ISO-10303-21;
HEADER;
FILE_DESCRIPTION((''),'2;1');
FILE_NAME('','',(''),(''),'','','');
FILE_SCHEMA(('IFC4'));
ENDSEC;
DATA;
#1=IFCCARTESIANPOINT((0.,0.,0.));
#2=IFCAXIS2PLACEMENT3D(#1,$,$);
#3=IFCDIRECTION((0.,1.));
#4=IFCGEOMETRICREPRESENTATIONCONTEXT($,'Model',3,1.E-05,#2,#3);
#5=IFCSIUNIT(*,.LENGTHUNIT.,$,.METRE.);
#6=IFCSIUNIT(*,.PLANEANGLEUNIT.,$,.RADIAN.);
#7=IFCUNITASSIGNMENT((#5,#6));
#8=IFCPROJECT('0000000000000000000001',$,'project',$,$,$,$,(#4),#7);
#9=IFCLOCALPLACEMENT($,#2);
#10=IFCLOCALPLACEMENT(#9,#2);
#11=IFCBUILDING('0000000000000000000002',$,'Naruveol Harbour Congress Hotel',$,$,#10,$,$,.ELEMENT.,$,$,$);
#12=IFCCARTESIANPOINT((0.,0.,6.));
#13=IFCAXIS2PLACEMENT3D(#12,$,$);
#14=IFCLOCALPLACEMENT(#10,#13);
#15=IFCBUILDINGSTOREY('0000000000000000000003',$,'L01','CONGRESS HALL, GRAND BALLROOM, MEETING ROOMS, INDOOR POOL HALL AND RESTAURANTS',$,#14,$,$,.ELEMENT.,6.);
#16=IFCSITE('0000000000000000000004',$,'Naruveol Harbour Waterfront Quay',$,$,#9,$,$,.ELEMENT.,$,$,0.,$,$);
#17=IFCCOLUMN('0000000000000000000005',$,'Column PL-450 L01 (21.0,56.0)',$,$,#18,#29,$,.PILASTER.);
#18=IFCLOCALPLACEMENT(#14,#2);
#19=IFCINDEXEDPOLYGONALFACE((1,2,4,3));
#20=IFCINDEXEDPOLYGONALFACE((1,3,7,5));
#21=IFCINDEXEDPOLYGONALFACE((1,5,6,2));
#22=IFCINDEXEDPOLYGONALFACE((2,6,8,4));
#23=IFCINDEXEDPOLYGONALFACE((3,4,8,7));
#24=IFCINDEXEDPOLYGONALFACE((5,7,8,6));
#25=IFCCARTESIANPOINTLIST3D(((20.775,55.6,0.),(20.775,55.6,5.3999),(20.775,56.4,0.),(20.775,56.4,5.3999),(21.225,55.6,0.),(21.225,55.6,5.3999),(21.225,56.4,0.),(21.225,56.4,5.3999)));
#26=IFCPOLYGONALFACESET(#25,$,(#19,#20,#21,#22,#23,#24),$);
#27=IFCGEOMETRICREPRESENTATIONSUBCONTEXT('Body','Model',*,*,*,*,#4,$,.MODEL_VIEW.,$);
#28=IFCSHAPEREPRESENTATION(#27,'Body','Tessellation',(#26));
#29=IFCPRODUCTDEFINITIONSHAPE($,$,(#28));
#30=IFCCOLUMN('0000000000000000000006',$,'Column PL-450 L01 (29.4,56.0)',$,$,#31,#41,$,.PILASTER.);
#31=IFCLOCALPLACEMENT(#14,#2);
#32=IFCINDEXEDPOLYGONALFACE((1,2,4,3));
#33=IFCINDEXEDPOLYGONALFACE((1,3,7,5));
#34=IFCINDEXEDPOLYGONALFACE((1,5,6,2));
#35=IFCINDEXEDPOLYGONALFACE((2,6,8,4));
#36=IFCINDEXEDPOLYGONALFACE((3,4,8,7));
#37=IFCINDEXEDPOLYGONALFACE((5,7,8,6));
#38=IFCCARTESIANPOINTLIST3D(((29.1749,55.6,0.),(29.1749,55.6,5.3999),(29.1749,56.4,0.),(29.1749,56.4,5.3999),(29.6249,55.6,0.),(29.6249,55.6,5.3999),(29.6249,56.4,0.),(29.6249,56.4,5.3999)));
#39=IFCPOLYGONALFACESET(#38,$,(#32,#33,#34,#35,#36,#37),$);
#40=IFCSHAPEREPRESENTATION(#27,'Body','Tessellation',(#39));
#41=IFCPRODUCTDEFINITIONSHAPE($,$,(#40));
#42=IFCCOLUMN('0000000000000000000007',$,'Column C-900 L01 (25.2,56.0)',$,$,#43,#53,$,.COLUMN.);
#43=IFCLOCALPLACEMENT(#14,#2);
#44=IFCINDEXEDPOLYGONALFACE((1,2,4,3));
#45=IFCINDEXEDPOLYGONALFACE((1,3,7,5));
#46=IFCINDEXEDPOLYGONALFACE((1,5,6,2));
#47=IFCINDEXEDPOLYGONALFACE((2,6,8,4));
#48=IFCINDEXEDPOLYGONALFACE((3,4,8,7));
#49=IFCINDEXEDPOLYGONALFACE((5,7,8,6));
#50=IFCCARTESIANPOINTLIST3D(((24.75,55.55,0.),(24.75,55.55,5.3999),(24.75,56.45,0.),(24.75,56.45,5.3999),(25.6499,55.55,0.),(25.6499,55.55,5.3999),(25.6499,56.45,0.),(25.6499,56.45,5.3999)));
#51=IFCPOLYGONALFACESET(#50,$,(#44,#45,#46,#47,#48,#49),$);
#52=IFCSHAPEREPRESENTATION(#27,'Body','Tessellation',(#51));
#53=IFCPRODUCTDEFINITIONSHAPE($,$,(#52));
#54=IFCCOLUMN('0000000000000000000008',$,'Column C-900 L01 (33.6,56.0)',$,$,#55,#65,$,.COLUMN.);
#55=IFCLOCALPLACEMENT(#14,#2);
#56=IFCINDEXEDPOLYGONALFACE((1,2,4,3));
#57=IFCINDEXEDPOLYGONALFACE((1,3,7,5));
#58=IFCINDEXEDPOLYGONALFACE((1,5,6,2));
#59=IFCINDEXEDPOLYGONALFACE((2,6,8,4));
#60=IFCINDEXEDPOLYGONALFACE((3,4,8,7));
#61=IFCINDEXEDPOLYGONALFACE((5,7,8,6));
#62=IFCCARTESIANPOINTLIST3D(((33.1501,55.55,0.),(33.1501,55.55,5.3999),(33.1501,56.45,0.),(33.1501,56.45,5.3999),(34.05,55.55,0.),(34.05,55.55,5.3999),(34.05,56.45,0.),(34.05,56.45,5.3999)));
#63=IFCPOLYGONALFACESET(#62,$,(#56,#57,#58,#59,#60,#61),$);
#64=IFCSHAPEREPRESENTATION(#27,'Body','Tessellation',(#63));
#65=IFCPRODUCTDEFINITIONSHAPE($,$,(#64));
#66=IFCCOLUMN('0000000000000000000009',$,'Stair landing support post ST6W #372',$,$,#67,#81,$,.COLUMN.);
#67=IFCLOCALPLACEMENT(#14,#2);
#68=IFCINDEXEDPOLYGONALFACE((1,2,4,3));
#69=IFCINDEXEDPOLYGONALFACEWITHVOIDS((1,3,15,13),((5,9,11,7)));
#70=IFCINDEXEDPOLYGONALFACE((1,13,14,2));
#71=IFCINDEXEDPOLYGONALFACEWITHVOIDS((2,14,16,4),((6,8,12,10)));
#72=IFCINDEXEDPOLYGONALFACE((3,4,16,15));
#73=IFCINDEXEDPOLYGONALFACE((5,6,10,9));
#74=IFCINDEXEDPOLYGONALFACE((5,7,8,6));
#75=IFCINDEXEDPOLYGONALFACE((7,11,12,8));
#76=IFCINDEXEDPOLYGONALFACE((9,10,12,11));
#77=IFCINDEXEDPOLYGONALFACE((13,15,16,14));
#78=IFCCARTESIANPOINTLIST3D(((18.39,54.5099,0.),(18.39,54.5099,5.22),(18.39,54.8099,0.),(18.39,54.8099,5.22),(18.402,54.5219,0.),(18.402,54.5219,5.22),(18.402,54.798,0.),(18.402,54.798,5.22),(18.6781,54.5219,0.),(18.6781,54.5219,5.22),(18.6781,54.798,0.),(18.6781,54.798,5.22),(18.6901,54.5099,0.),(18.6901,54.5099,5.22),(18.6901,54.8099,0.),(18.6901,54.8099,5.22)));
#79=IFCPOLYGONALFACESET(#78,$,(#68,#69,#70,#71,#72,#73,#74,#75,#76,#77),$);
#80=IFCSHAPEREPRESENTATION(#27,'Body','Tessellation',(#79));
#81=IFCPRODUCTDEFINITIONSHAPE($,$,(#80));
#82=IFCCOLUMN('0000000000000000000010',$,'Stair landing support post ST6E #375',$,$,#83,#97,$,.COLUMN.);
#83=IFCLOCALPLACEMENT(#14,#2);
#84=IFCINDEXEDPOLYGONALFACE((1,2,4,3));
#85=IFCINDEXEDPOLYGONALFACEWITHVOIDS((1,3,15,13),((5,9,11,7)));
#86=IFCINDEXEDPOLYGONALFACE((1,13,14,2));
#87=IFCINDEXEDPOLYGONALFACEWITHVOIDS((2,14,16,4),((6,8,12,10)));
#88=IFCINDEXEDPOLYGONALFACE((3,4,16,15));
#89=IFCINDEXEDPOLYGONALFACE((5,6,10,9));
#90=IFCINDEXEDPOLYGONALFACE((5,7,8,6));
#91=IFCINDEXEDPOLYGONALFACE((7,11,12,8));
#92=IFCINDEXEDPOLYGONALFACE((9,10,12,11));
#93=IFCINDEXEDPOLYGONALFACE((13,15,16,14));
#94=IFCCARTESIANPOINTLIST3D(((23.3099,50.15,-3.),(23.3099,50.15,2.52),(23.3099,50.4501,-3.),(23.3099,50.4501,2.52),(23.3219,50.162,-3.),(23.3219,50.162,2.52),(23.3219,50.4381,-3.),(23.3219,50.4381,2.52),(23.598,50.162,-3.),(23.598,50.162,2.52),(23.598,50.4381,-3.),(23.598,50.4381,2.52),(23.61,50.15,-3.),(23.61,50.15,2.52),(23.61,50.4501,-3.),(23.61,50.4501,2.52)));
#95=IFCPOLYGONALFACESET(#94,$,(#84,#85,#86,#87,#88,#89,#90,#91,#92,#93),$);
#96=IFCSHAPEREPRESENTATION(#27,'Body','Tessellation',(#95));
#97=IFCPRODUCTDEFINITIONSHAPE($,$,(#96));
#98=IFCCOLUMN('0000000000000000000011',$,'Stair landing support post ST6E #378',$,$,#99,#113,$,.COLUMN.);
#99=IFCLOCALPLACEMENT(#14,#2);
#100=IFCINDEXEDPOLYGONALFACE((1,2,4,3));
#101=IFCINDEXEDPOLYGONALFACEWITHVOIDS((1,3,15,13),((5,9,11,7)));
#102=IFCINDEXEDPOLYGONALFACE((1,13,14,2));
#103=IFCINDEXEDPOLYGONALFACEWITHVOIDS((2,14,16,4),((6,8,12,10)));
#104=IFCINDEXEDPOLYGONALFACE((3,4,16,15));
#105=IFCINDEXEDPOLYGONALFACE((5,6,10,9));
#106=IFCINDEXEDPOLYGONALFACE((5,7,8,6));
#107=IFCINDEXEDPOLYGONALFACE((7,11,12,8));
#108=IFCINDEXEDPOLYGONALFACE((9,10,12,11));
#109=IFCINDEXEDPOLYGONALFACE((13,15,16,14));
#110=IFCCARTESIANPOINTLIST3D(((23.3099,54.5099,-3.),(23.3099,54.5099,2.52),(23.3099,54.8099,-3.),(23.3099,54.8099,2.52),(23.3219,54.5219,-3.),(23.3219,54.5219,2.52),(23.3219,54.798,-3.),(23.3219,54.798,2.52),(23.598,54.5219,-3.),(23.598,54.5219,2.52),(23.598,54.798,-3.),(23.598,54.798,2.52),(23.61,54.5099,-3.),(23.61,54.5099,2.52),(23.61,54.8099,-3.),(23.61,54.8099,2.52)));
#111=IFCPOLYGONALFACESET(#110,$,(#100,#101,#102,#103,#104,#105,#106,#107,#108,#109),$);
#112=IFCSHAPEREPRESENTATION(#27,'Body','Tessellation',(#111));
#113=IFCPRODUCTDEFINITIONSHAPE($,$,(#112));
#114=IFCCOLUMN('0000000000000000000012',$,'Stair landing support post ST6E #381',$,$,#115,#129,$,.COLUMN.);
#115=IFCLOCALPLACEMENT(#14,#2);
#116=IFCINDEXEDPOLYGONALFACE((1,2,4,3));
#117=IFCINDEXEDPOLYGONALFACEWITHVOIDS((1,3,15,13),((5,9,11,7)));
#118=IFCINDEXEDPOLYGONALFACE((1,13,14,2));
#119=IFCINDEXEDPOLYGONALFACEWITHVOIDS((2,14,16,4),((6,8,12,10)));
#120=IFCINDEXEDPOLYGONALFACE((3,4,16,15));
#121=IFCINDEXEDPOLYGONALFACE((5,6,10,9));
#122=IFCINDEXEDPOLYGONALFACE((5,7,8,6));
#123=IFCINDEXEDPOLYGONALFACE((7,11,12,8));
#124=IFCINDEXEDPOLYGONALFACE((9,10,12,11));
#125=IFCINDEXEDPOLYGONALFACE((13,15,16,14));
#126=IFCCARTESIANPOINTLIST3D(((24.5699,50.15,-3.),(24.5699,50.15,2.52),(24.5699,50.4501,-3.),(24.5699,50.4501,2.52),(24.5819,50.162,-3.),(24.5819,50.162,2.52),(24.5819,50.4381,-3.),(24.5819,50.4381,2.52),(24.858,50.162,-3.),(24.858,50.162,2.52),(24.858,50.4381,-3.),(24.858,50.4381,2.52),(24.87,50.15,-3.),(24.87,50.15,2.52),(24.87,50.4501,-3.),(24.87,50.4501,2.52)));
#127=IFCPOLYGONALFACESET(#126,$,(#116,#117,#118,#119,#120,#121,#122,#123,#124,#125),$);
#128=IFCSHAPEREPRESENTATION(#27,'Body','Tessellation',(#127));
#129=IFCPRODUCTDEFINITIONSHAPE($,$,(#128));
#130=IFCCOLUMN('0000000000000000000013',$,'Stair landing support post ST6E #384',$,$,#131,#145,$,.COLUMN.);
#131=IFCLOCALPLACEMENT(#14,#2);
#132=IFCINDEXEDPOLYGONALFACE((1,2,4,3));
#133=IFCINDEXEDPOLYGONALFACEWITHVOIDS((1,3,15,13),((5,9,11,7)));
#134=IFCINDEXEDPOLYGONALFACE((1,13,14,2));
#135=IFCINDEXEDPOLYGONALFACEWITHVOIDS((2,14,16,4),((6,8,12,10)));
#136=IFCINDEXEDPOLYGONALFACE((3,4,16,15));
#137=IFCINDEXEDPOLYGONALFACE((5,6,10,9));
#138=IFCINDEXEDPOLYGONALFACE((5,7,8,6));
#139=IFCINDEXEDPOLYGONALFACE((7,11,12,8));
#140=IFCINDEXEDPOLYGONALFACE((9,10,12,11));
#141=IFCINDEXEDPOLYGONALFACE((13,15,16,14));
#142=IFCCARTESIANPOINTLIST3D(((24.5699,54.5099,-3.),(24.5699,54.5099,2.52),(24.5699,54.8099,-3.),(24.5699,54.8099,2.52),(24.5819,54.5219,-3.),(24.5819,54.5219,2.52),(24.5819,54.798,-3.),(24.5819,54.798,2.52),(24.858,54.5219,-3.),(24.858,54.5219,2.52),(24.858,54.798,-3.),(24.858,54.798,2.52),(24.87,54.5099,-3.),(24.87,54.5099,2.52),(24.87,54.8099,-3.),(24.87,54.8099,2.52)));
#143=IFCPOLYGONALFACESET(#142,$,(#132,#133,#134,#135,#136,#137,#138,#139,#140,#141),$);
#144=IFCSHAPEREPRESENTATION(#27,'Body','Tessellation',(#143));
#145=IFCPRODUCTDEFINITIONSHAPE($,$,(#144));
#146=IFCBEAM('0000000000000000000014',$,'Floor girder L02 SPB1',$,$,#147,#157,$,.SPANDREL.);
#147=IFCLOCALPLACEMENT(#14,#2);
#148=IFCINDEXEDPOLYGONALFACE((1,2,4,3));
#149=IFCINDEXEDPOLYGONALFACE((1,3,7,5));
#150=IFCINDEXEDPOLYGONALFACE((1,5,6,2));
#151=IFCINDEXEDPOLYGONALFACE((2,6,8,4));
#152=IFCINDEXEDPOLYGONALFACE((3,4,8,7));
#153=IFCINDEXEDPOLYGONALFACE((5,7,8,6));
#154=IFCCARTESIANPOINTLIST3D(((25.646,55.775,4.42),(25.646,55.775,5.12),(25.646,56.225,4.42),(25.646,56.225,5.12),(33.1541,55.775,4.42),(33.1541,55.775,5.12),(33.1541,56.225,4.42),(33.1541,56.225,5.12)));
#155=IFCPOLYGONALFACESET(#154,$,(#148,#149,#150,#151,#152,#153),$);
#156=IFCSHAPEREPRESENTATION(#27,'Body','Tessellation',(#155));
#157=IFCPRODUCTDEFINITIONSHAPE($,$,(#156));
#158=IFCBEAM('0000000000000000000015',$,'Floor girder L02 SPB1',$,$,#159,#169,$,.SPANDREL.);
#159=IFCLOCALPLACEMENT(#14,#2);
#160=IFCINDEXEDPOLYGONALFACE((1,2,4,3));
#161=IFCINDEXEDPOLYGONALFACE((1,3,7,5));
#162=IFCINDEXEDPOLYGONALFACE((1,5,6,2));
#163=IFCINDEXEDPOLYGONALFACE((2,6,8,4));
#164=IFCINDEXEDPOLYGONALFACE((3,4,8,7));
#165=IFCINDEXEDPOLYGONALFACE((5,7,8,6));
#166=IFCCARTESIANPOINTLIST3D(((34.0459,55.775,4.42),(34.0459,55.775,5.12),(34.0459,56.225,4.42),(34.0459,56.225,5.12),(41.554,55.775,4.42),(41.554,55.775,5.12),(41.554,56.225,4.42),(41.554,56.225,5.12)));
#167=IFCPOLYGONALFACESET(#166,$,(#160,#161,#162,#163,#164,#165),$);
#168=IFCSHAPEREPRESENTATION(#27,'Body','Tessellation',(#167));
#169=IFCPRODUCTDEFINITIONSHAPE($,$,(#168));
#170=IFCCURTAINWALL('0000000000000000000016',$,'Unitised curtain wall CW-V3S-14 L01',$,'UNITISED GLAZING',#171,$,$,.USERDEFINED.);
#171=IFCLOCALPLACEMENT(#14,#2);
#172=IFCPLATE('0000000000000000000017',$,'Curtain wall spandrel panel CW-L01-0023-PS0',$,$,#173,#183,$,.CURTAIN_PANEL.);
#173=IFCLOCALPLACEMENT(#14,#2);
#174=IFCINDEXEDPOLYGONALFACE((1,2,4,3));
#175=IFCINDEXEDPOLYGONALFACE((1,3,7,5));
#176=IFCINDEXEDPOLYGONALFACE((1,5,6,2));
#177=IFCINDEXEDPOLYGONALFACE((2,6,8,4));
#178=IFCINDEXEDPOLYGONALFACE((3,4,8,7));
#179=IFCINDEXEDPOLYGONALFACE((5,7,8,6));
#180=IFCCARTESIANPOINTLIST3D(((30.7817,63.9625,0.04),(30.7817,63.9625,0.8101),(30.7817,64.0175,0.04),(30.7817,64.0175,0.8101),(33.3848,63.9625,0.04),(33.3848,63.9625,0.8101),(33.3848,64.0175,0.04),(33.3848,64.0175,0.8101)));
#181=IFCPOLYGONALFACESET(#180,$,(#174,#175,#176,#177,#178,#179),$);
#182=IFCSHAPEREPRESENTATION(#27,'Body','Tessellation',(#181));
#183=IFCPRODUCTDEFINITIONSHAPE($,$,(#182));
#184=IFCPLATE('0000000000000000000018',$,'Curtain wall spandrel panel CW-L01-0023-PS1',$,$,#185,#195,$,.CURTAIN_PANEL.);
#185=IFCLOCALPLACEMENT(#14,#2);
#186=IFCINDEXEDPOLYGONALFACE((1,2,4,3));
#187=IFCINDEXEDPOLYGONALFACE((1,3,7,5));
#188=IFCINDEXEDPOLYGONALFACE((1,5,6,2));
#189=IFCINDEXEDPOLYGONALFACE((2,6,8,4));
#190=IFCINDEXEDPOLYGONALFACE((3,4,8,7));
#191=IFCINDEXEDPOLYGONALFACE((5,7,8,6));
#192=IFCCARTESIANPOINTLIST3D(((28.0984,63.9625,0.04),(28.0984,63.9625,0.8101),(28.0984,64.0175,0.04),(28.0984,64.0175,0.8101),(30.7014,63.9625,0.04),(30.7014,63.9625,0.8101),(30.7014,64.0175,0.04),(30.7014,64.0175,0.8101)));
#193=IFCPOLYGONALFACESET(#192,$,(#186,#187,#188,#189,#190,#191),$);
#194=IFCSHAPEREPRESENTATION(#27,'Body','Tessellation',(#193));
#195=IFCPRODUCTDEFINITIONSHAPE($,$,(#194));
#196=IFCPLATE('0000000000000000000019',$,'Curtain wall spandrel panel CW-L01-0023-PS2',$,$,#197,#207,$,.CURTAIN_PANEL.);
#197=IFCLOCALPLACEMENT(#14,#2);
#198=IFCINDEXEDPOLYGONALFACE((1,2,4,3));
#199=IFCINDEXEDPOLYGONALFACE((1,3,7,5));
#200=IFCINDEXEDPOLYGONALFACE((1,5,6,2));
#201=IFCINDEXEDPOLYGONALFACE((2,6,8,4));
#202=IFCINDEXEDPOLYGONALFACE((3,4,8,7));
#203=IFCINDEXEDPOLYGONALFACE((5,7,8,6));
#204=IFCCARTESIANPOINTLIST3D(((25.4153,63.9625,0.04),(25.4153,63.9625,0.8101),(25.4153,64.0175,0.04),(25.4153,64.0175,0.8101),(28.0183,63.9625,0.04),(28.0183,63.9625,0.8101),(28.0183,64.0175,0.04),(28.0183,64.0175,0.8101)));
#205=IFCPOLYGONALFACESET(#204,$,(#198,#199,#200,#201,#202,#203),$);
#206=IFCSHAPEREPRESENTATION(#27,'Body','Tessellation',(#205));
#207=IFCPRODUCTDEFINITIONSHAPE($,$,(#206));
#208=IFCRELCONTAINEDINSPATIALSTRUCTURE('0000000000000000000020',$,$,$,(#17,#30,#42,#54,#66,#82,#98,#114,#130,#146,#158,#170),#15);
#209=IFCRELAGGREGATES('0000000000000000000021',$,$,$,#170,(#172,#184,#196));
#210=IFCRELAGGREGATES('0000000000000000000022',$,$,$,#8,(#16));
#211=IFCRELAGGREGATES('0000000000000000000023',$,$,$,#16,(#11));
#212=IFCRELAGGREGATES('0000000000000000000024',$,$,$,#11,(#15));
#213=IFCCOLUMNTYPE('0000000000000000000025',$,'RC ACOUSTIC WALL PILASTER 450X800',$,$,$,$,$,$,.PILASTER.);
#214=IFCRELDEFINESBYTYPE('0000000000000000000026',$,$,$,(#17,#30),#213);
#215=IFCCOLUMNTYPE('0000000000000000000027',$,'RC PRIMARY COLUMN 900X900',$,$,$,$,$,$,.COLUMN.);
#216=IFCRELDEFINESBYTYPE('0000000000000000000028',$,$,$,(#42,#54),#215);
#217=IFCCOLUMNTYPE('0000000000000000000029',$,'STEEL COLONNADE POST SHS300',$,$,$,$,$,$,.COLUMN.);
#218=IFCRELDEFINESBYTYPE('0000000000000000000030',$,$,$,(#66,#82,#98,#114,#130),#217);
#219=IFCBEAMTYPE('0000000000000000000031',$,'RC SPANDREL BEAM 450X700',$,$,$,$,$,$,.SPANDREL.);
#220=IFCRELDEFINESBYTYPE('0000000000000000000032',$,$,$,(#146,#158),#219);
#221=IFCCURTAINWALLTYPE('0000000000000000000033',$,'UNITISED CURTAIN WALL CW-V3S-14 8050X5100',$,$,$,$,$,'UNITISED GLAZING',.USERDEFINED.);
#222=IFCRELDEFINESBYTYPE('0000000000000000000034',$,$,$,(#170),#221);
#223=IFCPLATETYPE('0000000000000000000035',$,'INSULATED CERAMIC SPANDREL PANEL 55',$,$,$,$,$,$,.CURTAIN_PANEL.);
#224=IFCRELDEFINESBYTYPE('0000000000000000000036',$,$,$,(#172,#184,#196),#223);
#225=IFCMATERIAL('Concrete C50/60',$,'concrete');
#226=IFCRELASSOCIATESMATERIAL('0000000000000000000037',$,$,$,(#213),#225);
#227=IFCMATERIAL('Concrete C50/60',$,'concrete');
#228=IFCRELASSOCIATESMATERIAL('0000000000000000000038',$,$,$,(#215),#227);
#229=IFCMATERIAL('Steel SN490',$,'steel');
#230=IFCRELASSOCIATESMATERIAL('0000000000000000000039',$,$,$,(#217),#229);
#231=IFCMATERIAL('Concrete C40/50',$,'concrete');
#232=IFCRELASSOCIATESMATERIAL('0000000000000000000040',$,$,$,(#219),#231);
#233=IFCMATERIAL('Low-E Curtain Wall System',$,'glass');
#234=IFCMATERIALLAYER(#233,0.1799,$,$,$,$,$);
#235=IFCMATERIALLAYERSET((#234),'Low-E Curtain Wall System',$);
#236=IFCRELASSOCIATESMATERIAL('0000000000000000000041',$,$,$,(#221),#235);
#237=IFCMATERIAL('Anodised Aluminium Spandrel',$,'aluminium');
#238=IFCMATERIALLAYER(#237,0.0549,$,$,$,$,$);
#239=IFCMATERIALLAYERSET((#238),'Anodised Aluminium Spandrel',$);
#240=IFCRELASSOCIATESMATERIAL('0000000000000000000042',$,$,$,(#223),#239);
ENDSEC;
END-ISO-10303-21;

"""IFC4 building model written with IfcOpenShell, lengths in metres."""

from ifc_helpers import new_model, si_unit, direction, frame, origin, origin_2d, place, context, subcontext, project, spatial, rectangle, hollow_rectangle, extrude, material, layer, layer_set, material_profile, profile_set, type_object, element, aggregate, save


model = new_model("IFC4")

# Units and contexts
model_context = context("Model", 3, precision=1e-05, world=origin(), true_north=direction((0.0, 1.0)))
body_context = subcontext(model_context, "Body", "Model", "MODEL_VIEW")
ifc_project = project(units=[si_unit("LENGTHUNIT", "METRE"), si_unit("PLANEANGLEUNIT", "RADIAN")], contexts=[model_context])

# Site, building, storey
site_placement = place(None, origin())
site = spatial("IfcSite", under=ifc_project, at=site_placement, Name="Naruveol Harbour Waterfront Quay", CompositionType="ELEMENT", RefElevation=0.0)
building_placement = place(site_placement, origin())
building = spatial("IfcBuilding", under=site, at=building_placement, Name="Naruveol Harbour Congress Hotel", CompositionType="ELEMENT")
storey_placement = place(building_placement, frame((0.0, 0.0, 6.0)))
storey = spatial("IfcBuildingStorey", under=building, at=storey_placement, Name="L01", Description="CONGRESS HALL, GRAND BALLROOM, MEETING ROOMS, INDOOR POOL HALL AND RESTAURANTS", CompositionType="ELEMENT", Elevation=6.0)

# Columns
ifc_material_1 = material(Name="Concrete C50/60", Category="concrete")
ifc_material_profile_1 = material_profile(ifc_material_1, rectangle(XDim=0.45, YDim=0.8, at=origin_2d()), Name="RC-450x800")
ifc_profile_set_1 = profile_set([ifc_material_profile_1], Name="Concrete C50/60")
column_type_1 = type_object("IfcColumnType", Name="RC ACOUSTIC WALL PILASTER 450X800", PredefinedType="PILASTER", material=ifc_profile_set_1)
for number, where, z_axis, x_axis, name in (
    (1, (21.0, 56.0, 0.0), (0.0, 0.0, 1.0), (1.0, 0.0, 0.0), "Column PL-450 L01 (21.0,56.0)"),
    (2, (29.3999, 56.0, 0.0), (0.0, 0.0, 1.0), (1.0, 0.0, 0.0), "Column PL-450 L01 (29.4,56.0)"),
):
    element("IfcColumn", number, at=place(storey_placement, frame(where, z_axis=z_axis, x_axis=x_axis)), inside=storey, type_object=column_type_1, Name=name, PredefinedType="PILASTER", context=body_context, shape_type="SweptSolid", body=[
        extrude(rectangle(XDim=0.45, YDim=0.8, at=origin_2d()), origin(), (0.0, 0.0, 1.0), 5.3999),
    ])
ifc_material_2 = material(Name="Concrete C50/60", Category="concrete")
ifc_material_profile_2 = material_profile(ifc_material_2, rectangle(XDim=0.8999, YDim=0.8999, at=origin_2d()), Name="RC-900x900")
ifc_profile_set_2 = profile_set([ifc_material_profile_2], Name="Concrete C50/60")
column_type_2 = type_object("IfcColumnType", Name="RC PRIMARY COLUMN 900X900", PredefinedType="COLUMN", material=ifc_profile_set_2)
for number, where, z_axis, x_axis, name in (
    (3, (25.2, 56.0, 0.0), (0.0, 0.0, 1.0), (1.0, 0.0, 0.0), "Column C-900 L01 (25.2,56.0)"),
    (4, (33.6001, 56.0, 0.0), (0.0, 0.0, 1.0), (1.0, 0.0, 0.0), "Column C-900 L01 (33.6,56.0)"),
):
    element("IfcColumn", number, at=place(storey_placement, frame(where, z_axis=z_axis, x_axis=x_axis)), inside=storey, type_object=column_type_2, Name=name, PredefinedType="COLUMN", context=body_context, shape_type="SweptSolid", body=[
        extrude(rectangle(XDim=0.8999, YDim=0.8999, at=origin_2d()), origin(), (0.0, 0.0, 1.0), 5.3999),
    ])
ifc_material_3 = material(Name="Steel SN490", Category="steel")
ifc_material_profile_3 = material_profile(ifc_material_3, hollow_rectangle(XDim=0.3, YDim=0.3, WallThickness=0.012, at=origin_2d()), Name="SHS-300x300x12")
ifc_profile_set_3 = profile_set([ifc_material_profile_3], Name="Steel SN490")
column_type_3 = type_object("IfcColumnType", Name="STEEL COLONNADE POST SHS300", PredefinedType="COLUMN", material=ifc_profile_set_3)
column_placement = place(storey_placement, frame((18.54, 54.6599, 0.0), z_axis=(0.0, 0.0, 1.0), x_axis=(1.0, 0.0, 0.0)))
element("IfcColumn", 5, at=column_placement, inside=storey, type_object=column_type_3, Name="Stair landing support post ST6W #372", PredefinedType="COLUMN", context=body_context, shape_type="SweptSolid", body=[
    extrude(hollow_rectangle(XDim=0.3, YDim=0.3, WallThickness=0.012, at=origin_2d()), origin(), (0.0, 0.0, 1.0), 5.22),
])
for number, where, z_axis, x_axis, name in (
    (6, (23.46, 50.3, -3.0), (0.0, 0.0, 1.0), (1.0, 0.0, 0.0), "Stair landing support post ST6E #375"),
    (7, (23.46, 54.6599, -3.0), (0.0, 0.0, 1.0), (1.0, 0.0, 0.0), "Stair landing support post ST6E #378"),
    (8, (24.72, 50.3, -3.0), (0.0, 0.0, 1.0), (1.0, 0.0, 0.0), "Stair landing support post ST6E #381"),
    (9, (24.72, 54.6599, -3.0), (0.0, 0.0, 1.0), (1.0, 0.0, 0.0), "Stair landing support post ST6E #384"),
):
    element("IfcColumn", number, at=place(storey_placement, frame(where, z_axis=z_axis, x_axis=x_axis)), inside=storey, type_object=column_type_3, Name=name, PredefinedType="COLUMN", context=body_context, shape_type="SweptSolid", body=[
        extrude(hollow_rectangle(XDim=0.3, YDim=0.3, WallThickness=0.012, at=origin_2d()), origin(), (0.0, 0.0, 1.0), 5.52),
    ])

# Beams
ifc_material_4 = material(Name="Concrete C40/50", Category="concrete")
ifc_material_profile_4 = material_profile(ifc_material_4, rectangle(XDim=0.45, YDim=0.7, at=origin_2d()), Name="RCB-450x700")
ifc_profile_set_4 = profile_set([ifc_material_profile_4], Name="Concrete C40/50")
beam_type = type_object("IfcBeamType", Name="RC SPANDREL BEAM 450X700", PredefinedType="SPANDREL", material=ifc_profile_set_4)
for number, where, z_axis, x_axis, name in (
    (10, (25.646, 56.0, 4.77), (1.0, 0.0, 0.0), (0.0, 1.0, 0.0), "Floor girder L02 SPB1"),
    (11, (34.0459, 56.0, 4.77), (1.0, 0.0, 0.0), (0.0, 1.0, 0.0), "Floor girder L02 SPB1"),
):
    element("IfcBeam", number, at=place(storey_placement, frame(where, z_axis=z_axis, x_axis=x_axis)), inside=storey, type_object=beam_type, Name=name, PredefinedType="SPANDREL", context=body_context, shape_type="SweptSolid", body=[
        extrude(rectangle(XDim=0.45, YDim=0.7, at=origin_2d()), origin(), (0.0, 0.0, 1.0), 7.5081),
    ])

# Curtain wall, plates
ifc_material_5 = material(Name="Low-E Curtain Wall System", Category="glass")
ifc_layer_1 = layer(ifc_material_5, 0.1799)
ifc_layer_set_1 = layer_set([ifc_layer_1], Name="Low-E Curtain Wall System")
curtain_wall_type = type_object("IfcCurtainWallType", Name="UNITISED CURTAIN WALL CW-V3S-14 8050X5100", ElementType="UNITISED GLAZING", PredefinedType="USERDEFINED", material=ifc_layer_set_1)
curtain_wall_1_placement = place(storey_placement, origin())
curtain_wall_1 = element("IfcCurtainWall", 12, at=curtain_wall_1_placement, inside=storey, type_object=curtain_wall_type, Name="Unitised curtain wall CW-V3S-14 L01", ObjectType="UNITISED GLAZING", PredefinedType="USERDEFINED")
ifc_material_6 = material(Name="Anodised Aluminium Spandrel", Category="aluminium")
ifc_layer_2 = layer(ifc_material_6, 0.0549)
ifc_layer_set_2 = layer_set([ifc_layer_2], Name="Anodised Aluminium Spandrel")
plate_type_1 = type_object("IfcPlateType", Name="INSULATED CERAMIC SPANDREL PANEL 55", PredefinedType="CURTAIN_PANEL", material=ifc_layer_set_2)
plate_1_placement = place(storey_placement, frame((32.0833, 63.99, 0.04), z_axis=(0.0, 0.0, 1.0), x_axis=(-1.0, 0.0, 0.0)))
plate_1 = element("IfcPlate", 13, at=plate_1_placement, type_object=plate_type_1, Name="Curtain wall spandrel panel CW-L01-0023-PS0", PredefinedType="CURTAIN_PANEL", context=body_context, shape_type="SweptSolid", body=[
    extrude(rectangle(XDim=2.603, YDim=0.0549, at=origin_2d()), origin(), (0.0, 0.0, 1.0), 0.77),
])
plate_2_placement = place(storey_placement, frame((29.3999, 63.99, 0.04), z_axis=(0.0, 0.0, 1.0), x_axis=(-1.0, 0.0, 0.0)))
plate_2 = element("IfcPlate", 14, at=plate_2_placement, type_object=plate_type_1, Name="Curtain wall spandrel panel CW-L01-0023-PS1", PredefinedType="CURTAIN_PANEL", context=body_context, shape_type="SweptSolid", body=[
    extrude(rectangle(XDim=2.603, YDim=0.0549, at=origin_2d()), origin(), (0.0, 0.0, 1.0), 0.77),
])
plate_3_placement = place(storey_placement, frame((26.7168, 63.99, 0.04), z_axis=(0.0, 0.0, 1.0), x_axis=(-1.0, 0.0, 0.0)))
plate_3 = element("IfcPlate", 15, at=plate_3_placement, type_object=plate_type_1, Name="Curtain wall spandrel panel CW-L01-0023-PS2", PredefinedType="CURTAIN_PANEL", context=body_context, shape_type="SweptSolid", body=[
    extrude(rectangle(XDim=2.603, YDim=0.0549, at=origin_2d()), origin(), (0.0, 0.0, 1.0), 0.77),
])

aggregate(curtain_wall_1, [plate_1, plate_2, plate_3])

save(model, "model.ifc")
